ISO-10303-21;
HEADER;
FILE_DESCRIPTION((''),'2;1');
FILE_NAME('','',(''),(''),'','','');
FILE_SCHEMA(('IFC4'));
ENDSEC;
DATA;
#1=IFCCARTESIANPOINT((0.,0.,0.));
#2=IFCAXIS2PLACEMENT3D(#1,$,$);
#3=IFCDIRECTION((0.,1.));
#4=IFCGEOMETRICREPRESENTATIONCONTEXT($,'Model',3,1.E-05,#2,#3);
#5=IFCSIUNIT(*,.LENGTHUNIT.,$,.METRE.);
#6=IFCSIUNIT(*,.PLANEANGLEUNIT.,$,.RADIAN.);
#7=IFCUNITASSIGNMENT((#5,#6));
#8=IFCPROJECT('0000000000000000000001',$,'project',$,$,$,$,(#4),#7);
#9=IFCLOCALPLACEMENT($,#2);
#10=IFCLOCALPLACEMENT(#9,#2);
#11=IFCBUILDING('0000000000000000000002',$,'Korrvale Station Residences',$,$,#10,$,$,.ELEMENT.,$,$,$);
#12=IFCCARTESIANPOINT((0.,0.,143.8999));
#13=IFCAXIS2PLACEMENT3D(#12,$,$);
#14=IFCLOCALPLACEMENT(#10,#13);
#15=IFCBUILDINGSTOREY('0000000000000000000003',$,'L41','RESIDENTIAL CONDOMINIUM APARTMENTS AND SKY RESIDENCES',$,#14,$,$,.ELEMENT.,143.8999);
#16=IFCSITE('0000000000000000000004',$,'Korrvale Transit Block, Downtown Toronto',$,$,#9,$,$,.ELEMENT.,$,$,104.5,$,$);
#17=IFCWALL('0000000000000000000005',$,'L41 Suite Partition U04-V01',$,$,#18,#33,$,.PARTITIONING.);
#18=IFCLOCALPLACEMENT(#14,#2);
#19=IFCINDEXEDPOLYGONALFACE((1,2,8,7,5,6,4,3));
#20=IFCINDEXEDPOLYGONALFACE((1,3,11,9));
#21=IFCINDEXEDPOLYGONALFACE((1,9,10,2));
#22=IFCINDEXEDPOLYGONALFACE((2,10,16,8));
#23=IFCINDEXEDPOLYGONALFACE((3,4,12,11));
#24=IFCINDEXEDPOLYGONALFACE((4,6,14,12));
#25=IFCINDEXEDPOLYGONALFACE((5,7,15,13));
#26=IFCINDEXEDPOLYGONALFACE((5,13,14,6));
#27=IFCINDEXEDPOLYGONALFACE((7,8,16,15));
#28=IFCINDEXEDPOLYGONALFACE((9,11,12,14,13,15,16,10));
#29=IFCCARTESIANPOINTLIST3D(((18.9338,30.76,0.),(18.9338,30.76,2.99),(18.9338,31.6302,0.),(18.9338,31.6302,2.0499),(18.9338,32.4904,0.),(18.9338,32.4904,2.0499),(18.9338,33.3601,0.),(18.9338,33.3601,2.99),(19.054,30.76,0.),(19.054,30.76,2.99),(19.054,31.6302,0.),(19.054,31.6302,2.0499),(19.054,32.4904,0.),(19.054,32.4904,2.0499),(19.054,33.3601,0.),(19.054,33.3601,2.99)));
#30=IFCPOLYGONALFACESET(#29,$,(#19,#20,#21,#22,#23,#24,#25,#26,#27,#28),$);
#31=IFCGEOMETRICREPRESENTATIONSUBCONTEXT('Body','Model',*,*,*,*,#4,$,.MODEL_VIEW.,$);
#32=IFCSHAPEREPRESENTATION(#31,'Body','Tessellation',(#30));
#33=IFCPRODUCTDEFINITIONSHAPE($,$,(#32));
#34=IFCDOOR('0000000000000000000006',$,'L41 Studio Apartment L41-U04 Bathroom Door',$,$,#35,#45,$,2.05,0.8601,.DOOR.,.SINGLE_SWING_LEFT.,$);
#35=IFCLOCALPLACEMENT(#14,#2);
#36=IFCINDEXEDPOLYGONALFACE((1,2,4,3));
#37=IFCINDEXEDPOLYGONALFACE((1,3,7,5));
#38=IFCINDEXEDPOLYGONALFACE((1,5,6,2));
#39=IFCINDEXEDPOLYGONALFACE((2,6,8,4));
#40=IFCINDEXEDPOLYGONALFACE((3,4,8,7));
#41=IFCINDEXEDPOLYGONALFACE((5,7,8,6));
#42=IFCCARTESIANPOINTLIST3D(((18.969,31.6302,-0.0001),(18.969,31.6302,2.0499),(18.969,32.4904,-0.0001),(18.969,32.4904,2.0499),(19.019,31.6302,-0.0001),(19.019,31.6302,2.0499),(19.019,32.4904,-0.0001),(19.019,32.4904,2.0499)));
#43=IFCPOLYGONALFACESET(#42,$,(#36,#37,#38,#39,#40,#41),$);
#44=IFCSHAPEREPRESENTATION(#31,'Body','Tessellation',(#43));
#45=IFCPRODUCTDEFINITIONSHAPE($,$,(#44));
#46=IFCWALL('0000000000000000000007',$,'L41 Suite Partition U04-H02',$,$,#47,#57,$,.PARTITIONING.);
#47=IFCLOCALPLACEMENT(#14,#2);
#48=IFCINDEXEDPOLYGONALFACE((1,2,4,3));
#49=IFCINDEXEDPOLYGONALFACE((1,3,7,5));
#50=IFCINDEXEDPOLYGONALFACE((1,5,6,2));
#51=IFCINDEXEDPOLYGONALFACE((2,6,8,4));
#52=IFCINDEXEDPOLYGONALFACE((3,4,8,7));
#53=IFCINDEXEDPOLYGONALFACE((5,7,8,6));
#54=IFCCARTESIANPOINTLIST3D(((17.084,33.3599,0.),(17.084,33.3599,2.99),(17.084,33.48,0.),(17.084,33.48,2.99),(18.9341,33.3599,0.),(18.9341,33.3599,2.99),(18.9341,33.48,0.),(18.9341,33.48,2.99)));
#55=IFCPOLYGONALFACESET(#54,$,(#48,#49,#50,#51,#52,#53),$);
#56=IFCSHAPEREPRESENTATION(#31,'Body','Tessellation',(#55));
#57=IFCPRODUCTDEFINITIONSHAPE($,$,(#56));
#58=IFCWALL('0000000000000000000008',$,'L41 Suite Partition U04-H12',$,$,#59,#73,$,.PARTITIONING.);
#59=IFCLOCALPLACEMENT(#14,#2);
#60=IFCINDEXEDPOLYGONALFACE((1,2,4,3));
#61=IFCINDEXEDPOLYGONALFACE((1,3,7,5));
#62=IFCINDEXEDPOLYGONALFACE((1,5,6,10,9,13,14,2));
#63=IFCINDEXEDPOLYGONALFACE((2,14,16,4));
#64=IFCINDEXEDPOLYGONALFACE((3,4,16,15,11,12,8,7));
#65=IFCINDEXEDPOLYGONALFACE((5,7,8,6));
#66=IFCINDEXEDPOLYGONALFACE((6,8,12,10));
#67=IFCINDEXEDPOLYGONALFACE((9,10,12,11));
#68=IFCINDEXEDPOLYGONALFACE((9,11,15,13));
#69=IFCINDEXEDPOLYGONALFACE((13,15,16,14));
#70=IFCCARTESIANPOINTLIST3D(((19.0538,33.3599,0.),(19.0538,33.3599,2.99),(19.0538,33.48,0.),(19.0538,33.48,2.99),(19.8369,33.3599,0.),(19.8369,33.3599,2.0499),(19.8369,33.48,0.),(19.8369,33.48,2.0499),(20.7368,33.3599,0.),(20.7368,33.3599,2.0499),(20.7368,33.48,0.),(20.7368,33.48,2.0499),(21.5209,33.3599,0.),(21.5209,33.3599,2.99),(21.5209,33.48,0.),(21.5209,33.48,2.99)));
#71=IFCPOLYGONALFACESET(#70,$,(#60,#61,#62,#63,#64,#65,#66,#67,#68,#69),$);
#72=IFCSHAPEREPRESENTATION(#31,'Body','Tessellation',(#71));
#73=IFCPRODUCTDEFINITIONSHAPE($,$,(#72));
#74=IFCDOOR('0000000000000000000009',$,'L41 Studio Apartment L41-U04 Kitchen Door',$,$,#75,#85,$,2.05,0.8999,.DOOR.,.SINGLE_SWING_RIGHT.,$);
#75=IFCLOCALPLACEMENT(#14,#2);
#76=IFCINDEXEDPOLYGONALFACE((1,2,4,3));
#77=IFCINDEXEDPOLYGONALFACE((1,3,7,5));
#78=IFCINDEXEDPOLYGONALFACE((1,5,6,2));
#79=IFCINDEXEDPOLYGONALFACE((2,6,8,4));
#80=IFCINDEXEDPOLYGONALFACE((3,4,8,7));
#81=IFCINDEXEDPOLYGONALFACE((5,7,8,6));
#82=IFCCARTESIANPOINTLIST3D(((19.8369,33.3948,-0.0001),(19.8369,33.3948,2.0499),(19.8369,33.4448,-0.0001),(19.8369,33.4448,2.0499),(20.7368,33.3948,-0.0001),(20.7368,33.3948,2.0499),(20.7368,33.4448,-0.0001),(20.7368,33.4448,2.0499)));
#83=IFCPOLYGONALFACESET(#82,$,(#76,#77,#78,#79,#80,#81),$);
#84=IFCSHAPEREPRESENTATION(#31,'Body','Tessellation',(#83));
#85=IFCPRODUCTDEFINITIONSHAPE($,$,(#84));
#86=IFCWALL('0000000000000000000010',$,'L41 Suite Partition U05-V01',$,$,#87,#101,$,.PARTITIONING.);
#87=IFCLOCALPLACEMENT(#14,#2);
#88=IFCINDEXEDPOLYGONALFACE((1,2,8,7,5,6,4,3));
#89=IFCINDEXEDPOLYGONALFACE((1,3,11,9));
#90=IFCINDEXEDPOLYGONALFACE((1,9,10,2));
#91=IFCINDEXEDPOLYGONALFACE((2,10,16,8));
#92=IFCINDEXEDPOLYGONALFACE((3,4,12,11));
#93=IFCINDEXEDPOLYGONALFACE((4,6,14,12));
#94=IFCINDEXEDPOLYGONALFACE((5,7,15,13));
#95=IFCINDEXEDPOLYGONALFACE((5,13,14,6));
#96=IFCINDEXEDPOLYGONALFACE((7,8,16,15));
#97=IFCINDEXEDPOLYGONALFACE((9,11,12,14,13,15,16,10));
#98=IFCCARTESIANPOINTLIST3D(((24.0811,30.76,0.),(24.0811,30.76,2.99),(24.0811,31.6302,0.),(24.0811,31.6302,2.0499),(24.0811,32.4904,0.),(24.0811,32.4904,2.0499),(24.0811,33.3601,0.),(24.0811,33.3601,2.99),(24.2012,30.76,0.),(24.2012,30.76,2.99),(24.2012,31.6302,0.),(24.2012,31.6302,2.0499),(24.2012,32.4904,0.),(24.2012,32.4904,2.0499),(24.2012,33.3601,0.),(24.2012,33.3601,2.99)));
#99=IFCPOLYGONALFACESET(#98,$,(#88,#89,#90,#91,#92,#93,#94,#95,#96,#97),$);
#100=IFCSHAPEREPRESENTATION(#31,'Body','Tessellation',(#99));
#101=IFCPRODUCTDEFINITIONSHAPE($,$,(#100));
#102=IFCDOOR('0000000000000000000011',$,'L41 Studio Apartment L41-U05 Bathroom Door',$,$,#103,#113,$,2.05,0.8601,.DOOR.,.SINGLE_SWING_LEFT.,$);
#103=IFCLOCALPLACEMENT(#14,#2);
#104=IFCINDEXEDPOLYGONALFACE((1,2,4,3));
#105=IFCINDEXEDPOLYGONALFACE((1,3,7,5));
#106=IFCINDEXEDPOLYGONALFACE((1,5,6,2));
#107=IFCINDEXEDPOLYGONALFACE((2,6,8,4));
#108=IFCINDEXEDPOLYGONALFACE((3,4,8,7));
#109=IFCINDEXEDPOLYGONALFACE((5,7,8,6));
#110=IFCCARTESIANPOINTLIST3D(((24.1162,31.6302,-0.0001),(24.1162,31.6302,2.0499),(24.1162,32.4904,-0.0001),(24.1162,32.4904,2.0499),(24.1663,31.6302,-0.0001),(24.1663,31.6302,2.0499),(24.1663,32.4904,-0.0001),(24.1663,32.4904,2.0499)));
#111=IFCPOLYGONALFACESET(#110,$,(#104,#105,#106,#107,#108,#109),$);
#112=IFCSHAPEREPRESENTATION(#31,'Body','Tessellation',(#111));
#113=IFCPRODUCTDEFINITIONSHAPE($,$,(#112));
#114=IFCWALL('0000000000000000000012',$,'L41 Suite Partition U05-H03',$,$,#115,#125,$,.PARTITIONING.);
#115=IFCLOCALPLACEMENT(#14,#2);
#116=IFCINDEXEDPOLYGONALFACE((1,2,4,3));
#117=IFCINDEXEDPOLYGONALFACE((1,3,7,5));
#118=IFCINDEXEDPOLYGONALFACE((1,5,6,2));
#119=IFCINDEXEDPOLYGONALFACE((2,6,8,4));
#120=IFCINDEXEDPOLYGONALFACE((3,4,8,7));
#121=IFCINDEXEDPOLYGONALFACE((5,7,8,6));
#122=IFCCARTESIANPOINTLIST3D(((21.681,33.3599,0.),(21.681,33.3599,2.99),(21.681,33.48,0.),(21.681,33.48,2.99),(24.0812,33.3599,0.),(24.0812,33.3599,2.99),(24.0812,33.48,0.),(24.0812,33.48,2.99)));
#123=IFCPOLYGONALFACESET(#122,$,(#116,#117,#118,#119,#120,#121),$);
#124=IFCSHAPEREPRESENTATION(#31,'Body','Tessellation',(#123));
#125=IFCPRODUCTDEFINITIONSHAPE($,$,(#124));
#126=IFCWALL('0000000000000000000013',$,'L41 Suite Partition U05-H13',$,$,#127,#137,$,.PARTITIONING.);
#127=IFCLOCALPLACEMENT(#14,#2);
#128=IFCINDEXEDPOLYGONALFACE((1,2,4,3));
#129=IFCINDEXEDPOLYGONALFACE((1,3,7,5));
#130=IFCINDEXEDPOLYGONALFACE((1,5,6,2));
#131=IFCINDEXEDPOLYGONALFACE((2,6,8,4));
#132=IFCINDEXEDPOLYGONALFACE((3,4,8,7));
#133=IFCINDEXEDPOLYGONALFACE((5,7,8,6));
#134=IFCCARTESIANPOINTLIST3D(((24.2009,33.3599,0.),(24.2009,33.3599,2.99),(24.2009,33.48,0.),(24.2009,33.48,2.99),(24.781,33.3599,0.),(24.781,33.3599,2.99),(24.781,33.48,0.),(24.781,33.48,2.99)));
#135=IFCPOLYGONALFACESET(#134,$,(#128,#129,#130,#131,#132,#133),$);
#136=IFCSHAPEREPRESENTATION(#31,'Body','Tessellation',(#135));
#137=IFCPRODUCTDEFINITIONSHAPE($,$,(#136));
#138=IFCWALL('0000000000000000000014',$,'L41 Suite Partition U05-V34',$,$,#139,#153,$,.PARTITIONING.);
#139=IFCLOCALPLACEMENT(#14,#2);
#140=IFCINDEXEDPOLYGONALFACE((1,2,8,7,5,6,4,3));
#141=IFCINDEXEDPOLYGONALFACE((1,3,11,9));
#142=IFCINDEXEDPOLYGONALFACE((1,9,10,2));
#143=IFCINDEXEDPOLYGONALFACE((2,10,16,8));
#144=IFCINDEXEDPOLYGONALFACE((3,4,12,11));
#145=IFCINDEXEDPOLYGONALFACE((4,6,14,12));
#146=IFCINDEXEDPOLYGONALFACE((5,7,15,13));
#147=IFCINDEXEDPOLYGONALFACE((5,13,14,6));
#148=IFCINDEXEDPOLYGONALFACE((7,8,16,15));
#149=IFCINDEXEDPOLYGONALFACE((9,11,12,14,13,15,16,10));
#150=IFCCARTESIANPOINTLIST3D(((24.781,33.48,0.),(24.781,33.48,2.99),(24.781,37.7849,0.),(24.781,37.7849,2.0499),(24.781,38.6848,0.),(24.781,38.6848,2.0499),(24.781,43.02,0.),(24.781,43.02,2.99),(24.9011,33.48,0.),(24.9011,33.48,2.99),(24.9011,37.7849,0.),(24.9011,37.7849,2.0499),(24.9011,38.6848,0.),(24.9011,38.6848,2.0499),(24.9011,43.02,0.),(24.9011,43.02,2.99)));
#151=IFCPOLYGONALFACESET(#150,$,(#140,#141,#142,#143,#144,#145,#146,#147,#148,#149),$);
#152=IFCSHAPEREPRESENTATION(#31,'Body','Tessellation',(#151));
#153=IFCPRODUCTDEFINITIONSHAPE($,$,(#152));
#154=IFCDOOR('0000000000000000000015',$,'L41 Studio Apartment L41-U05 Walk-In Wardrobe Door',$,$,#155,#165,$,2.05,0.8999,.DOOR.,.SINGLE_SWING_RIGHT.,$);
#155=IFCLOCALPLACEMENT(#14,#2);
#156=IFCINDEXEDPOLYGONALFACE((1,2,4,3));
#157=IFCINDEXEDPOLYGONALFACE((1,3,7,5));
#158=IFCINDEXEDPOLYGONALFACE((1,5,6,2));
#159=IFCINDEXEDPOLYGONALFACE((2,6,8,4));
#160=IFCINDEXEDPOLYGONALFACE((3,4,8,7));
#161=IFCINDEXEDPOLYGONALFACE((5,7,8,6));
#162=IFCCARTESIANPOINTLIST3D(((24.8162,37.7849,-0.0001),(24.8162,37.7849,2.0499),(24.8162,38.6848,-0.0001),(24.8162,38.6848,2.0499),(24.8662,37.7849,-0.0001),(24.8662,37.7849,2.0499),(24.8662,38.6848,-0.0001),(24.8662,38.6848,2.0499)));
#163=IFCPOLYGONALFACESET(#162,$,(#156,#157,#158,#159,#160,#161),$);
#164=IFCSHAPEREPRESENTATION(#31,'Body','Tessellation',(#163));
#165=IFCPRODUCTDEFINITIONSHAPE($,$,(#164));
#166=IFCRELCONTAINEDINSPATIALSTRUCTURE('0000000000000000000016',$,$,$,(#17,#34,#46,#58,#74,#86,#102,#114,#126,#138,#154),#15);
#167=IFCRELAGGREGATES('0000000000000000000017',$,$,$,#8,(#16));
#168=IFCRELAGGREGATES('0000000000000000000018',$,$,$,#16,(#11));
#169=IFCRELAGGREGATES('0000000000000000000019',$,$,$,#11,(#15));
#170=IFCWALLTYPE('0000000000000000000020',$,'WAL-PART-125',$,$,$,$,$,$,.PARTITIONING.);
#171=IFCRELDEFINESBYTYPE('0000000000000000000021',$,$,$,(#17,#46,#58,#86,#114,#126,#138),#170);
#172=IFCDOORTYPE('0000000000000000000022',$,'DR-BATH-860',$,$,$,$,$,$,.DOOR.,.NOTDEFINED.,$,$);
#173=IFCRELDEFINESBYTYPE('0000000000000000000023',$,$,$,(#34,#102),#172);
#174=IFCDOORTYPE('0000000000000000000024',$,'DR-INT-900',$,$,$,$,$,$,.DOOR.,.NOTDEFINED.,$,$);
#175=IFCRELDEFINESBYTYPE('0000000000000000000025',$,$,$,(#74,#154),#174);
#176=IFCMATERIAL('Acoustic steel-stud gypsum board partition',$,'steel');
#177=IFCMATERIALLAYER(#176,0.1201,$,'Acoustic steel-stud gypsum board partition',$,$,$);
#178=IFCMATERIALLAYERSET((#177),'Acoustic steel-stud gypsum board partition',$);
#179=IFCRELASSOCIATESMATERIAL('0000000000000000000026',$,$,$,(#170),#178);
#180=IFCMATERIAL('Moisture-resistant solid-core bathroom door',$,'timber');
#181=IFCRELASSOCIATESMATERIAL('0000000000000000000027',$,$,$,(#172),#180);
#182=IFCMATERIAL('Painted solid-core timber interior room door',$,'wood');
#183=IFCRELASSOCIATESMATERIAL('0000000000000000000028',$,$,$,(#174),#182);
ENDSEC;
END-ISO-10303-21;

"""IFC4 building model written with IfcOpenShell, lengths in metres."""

from ifc_helpers import new_model, si_unit, direction, frame, frame_2d, origin, place, context, subcontext, project, spatial, rectangle, extrude, material, layer, layer_set, type_object, element, fill, save


model = new_model("IFC4")

# Units and contexts
model_context = context("Model", 3, precision=1e-05, world=origin(), true_north=direction((0.0, 1.0)))
body_context = subcontext(model_context, "Body", "Model", "MODEL_VIEW")
ifc_project = project(units=[si_unit("LENGTHUNIT", "METRE"), si_unit("PLANEANGLEUNIT", "RADIAN")], contexts=[model_context])

# Site, building, storey
site_placement = place(None, origin())
site = spatial("IfcSite", under=ifc_project, at=site_placement, Name="Korrvale Transit Block, Downtown Toronto", CompositionType="ELEMENT", RefElevation=104.5)
building_placement = place(site_placement, origin())
building = spatial("IfcBuilding", under=site, at=building_placement, Name="Korrvale Station Residences", CompositionType="ELEMENT")
storey_placement = place(building_placement, frame((0.0, 0.0, 143.8999)))
storey = spatial("IfcBuildingStorey", under=building, at=storey_placement, Name="L41", Description="RESIDENTIAL CONDOMINIUM APARTMENTS AND SKY RESIDENCES", CompositionType="ELEMENT", Elevation=143.8999)

# Wall, opening, door
ifc_material_1 = material(Name="Acoustic steel-stud gypsum board partition", Category="steel")
ifc_layer_1 = layer(ifc_material_1, 0.1201, Name="Acoustic steel-stud gypsum board partition")
ifc_layer_set_1 = layer_set([ifc_layer_1], Name="Acoustic steel-stud gypsum board partition")
wall_type_1 = type_object("IfcWallType", Name="WAL-PART-125", PredefinedType="PARTITIONING", material=ifc_layer_set_1)
wall_1_placement = place(storey_placement, frame((18.9939, 30.76, 0.0), z_axis=(0.0, 0.0, 1.0), x_axis=(0.0, 1.0, 0.0)))
wall_1 = element("IfcWall", 1, at=wall_1_placement, inside=storey, type_object=wall_type_1, Name="L41 Suite Partition U04-V01", PredefinedType="PARTITIONING", context=body_context, shape_type="SweptSolid", body=[
    extrude(rectangle(XDim=2.6001, YDim=0.1201, at=frame_2d((1.3, 0.0))), origin(), (0.0, 0.0, 1.0), 2.99),
])
opening_1_placement = place(wall_1_placement, frame((0.8701, 0.0, 0.0)))
opening_1 = element("IfcOpeningElement", 2, at=opening_1_placement, cuts=wall_1, PredefinedType="OPENING", context=body_context, shape_type="SweptSolid", body=[
    extrude(rectangle(XDim=0.8601, YDim=2.05, at=frame_2d((0.4302, 1.0249))), frame((0.0, 0.0701, 0.0), z_axis=(0.0, -1.0, 0.0), x_axis=(1.0, 0.0, 0.0)), (0.0, 0.0, 1.0), 0.1401),
])
ifc_material_2 = material(Name="Moisture-resistant solid-core bathroom door", Category="timber")
door_type_1 = type_object("IfcDoorType", Name="DR-BATH-860", OperationType="NOTDEFINED", PredefinedType="DOOR", material=ifc_material_2)
door_1_placement = place(opening_1_placement, origin())
door_1 = element("IfcDoor", 3, at=door_1_placement, inside=storey, type_object=door_type_1, Name="L41 Studio Apartment L41-U04 Bathroom Door", OperationType="SINGLE_SWING_LEFT", OverallHeight=2.05, OverallWidth=0.8601, PredefinedType="DOOR", context=body_context, shape_type="SweptSolid", body=[
    extrude(rectangle(XDim=0.8601, YDim=2.05, at=frame_2d((0.4302, 1.0249))), frame((0.0, 0.0249, 0.0), z_axis=(0.0, -1.0, 0.0), x_axis=(1.0, 0.0, 0.0)), (0.0, 0.0, 1.0), 0.05),
])
fill(opening_1, door_1)

# Wall
wall_2_placement = place(storey_placement, frame((17.084, 33.4199, 0.0), z_axis=(0.0, 0.0, 1.0), x_axis=(1.0, 0.0, 0.0)))
element("IfcWall", 4, at=wall_2_placement, inside=storey, type_object=wall_type_1, Name="L41 Suite Partition U04-H02", PredefinedType="PARTITIONING", context=body_context, shape_type="SweptSolid", body=[
    extrude(rectangle(XDim=1.8501, YDim=0.1201, at=frame_2d((0.925, 0.0))), origin(), (0.0, 0.0, 1.0), 2.99),
])

# Walls, openings, doors
wall_3_placement = place(storey_placement, frame((19.054, 33.4199, 0.0), z_axis=(0.0, 0.0, 1.0), x_axis=(1.0, 0.0, 0.0)))
wall_3 = element("IfcWall", 5, at=wall_3_placement, inside=storey, type_object=wall_type_1, Name="L41 Suite Partition U04-H12", PredefinedType="PARTITIONING", context=body_context, shape_type="SweptSolid", body=[
    extrude(rectangle(XDim=2.467, YDim=0.1201, at=frame_2d((1.2334, 0.0))), origin(), (0.0, 0.0, 1.0), 2.99),
])
opening_2_placement = place(wall_3_placement, frame((0.783, 0.0, 0.0)))
opening_2 = element("IfcOpeningElement", 6, at=opening_2_placement, cuts=wall_3, PredefinedType="OPENING", context=body_context, shape_type="SweptSolid", body=[
    extrude(rectangle(XDim=0.8999, YDim=2.05, at=frame_2d((0.45, 1.0249))), frame((0.0, 0.0701, 0.0), z_axis=(0.0, -1.0, 0.0), x_axis=(1.0, 0.0, 0.0)), (0.0, 0.0, 1.0), 0.1401),
])
ifc_material_3 = material(Name="Painted solid-core timber interior room door", Category="wood")
door_type_2 = type_object("IfcDoorType", Name="DR-INT-900", OperationType="NOTDEFINED", PredefinedType="DOOR", material=ifc_material_3)
door_2_placement = place(opening_2_placement, origin())
door_2 = element("IfcDoor", 7, at=door_2_placement, inside=storey, type_object=door_type_2, Name="L41 Studio Apartment L41-U04 Kitchen Door", OperationType="SINGLE_SWING_RIGHT", OverallHeight=2.05, OverallWidth=0.8999, PredefinedType="DOOR", context=body_context, shape_type="SweptSolid", body=[
    extrude(rectangle(XDim=0.8999, YDim=2.05, at=frame_2d((0.45, 1.0249))), frame((0.0, 0.0249, 0.0), z_axis=(0.0, -1.0, 0.0), x_axis=(1.0, 0.0, 0.0)), (0.0, 0.0, 1.0), 0.05),
])
fill(opening_2, door_2)
wall_4_placement = place(storey_placement, frame((24.1411, 30.76, 0.0), z_axis=(0.0, 0.0, 1.0), x_axis=(0.0, 1.0, 0.0)))
wall_4 = element("IfcWall", 8, at=wall_4_placement, inside=storey, type_object=wall_type_1, Name="L41 Suite Partition U05-V01", PredefinedType="PARTITIONING", context=body_context, shape_type="SweptSolid", body=[
    extrude(rectangle(XDim=2.6001, YDim=0.1201, at=frame_2d((1.3, 0.0))), origin(), (0.0, 0.0, 1.0), 2.99),
])
opening_3_placement = place(wall_4_placement, frame((0.8701, 0.0, 0.0)))
opening_3 = element("IfcOpeningElement", 9, at=opening_3_placement, cuts=wall_4, PredefinedType="OPENING", context=body_context, shape_type="SweptSolid", body=[
    extrude(rectangle(XDim=0.8601, YDim=2.05, at=frame_2d((0.4302, 1.0249))), frame((0.0, 0.0701, 0.0), z_axis=(0.0, -1.0, 0.0), x_axis=(1.0, 0.0, 0.0)), (0.0, 0.0, 1.0), 0.1401),
])
door_3_placement = place(opening_3_placement, origin())
door_3 = element("IfcDoor", 10, at=door_3_placement, inside=storey, type_object=door_type_1, Name="L41 Studio Apartment L41-U05 Bathroom Door", OperationType="SINGLE_SWING_LEFT", OverallHeight=2.05, OverallWidth=0.8601, PredefinedType="DOOR", context=body_context, shape_type="SweptSolid", body=[
    extrude(rectangle(XDim=0.8601, YDim=2.05, at=frame_2d((0.4302, 1.0249))), frame((0.0, 0.0249, 0.0), z_axis=(0.0, -1.0, 0.0), x_axis=(1.0, 0.0, 0.0)), (0.0, 0.0, 1.0), 0.05),
])
fill(opening_3, door_3)

# Walls
wall_5_placement = place(storey_placement, frame((21.6809, 33.4199, 0.0), z_axis=(0.0, 0.0, 1.0), x_axis=(1.0, 0.0, 0.0)))
element("IfcWall", 11, at=wall_5_placement, inside=storey, type_object=wall_type_1, Name="L41 Suite Partition U05-H03", PredefinedType="PARTITIONING", context=body_context, shape_type="SweptSolid", body=[
    extrude(rectangle(XDim=2.4001, YDim=0.1201, at=frame_2d((1.2002, 0.0))), origin(), (0.0, 0.0, 1.0), 2.99),
])
wall_6_placement = place(storey_placement, frame((24.2009, 33.4199, 0.0), z_axis=(0.0, 0.0, 1.0), x_axis=(1.0, 0.0, 0.0)))
element("IfcWall", 12, at=wall_6_placement, inside=storey, type_object=wall_type_1, Name="L41 Suite Partition U05-H13", PredefinedType="PARTITIONING", context=body_context, shape_type="SweptSolid", body=[
    extrude(rectangle(XDim=0.5801, YDim=0.1201, at=frame_2d((0.29, 0.0))), origin(), (0.0, 0.0, 1.0), 2.99),
])

# Wall, opening, door
wall_7_placement = place(storey_placement, frame((24.8411, 33.48, 0.0), z_axis=(0.0, 0.0, 1.0), x_axis=(0.0, 1.0, 0.0)))
wall_7 = element("IfcWall", 13, at=wall_7_placement, inside=storey, type_object=wall_type_1, Name="L41 Suite Partition U05-V34", PredefinedType="PARTITIONING", context=body_context, shape_type="SweptSolid", body=[
    extrude(rectangle(XDim=9.54, YDim=0.1201, at=frame_2d((4.77, 0.0))), origin(), (0.0, 0.0, 1.0), 2.99),
])
opening_4_placement = place(wall_7_placement, frame((4.3049, 0.0, 0.0)))
opening_4 = element("IfcOpeningElement", 14, at=opening_4_placement, cuts=wall_7, PredefinedType="OPENING", context=body_context, shape_type="SweptSolid", body=[
    extrude(rectangle(XDim=0.8999, YDim=2.05, at=frame_2d((0.45, 1.0249))), frame((0.0, 0.0701, 0.0), z_axis=(0.0, -1.0, 0.0), x_axis=(1.0, 0.0, 0.0)), (0.0, 0.0, 1.0), 0.1401),
])
door_4_placement = place(opening_4_placement, origin())
door_4 = element("IfcDoor", 15, at=door_4_placement, inside=storey, type_object=door_type_2, Name="L41 Studio Apartment L41-U05 Walk-In Wardrobe Door", OperationType="SINGLE_SWING_RIGHT", OverallHeight=2.05, OverallWidth=0.8999, PredefinedType="DOOR", context=body_context, shape_type="SweptSolid", body=[
    extrude(rectangle(XDim=0.8999, YDim=2.05, at=frame_2d((0.45, 1.0249))), frame((0.0, 0.0249, 0.0), z_axis=(0.0, -1.0, 0.0), x_axis=(1.0, 0.0, 0.0)), (0.0, 0.0, 1.0), 0.05),
])
fill(opening_4, door_4)

save(model, "model.ifc")
